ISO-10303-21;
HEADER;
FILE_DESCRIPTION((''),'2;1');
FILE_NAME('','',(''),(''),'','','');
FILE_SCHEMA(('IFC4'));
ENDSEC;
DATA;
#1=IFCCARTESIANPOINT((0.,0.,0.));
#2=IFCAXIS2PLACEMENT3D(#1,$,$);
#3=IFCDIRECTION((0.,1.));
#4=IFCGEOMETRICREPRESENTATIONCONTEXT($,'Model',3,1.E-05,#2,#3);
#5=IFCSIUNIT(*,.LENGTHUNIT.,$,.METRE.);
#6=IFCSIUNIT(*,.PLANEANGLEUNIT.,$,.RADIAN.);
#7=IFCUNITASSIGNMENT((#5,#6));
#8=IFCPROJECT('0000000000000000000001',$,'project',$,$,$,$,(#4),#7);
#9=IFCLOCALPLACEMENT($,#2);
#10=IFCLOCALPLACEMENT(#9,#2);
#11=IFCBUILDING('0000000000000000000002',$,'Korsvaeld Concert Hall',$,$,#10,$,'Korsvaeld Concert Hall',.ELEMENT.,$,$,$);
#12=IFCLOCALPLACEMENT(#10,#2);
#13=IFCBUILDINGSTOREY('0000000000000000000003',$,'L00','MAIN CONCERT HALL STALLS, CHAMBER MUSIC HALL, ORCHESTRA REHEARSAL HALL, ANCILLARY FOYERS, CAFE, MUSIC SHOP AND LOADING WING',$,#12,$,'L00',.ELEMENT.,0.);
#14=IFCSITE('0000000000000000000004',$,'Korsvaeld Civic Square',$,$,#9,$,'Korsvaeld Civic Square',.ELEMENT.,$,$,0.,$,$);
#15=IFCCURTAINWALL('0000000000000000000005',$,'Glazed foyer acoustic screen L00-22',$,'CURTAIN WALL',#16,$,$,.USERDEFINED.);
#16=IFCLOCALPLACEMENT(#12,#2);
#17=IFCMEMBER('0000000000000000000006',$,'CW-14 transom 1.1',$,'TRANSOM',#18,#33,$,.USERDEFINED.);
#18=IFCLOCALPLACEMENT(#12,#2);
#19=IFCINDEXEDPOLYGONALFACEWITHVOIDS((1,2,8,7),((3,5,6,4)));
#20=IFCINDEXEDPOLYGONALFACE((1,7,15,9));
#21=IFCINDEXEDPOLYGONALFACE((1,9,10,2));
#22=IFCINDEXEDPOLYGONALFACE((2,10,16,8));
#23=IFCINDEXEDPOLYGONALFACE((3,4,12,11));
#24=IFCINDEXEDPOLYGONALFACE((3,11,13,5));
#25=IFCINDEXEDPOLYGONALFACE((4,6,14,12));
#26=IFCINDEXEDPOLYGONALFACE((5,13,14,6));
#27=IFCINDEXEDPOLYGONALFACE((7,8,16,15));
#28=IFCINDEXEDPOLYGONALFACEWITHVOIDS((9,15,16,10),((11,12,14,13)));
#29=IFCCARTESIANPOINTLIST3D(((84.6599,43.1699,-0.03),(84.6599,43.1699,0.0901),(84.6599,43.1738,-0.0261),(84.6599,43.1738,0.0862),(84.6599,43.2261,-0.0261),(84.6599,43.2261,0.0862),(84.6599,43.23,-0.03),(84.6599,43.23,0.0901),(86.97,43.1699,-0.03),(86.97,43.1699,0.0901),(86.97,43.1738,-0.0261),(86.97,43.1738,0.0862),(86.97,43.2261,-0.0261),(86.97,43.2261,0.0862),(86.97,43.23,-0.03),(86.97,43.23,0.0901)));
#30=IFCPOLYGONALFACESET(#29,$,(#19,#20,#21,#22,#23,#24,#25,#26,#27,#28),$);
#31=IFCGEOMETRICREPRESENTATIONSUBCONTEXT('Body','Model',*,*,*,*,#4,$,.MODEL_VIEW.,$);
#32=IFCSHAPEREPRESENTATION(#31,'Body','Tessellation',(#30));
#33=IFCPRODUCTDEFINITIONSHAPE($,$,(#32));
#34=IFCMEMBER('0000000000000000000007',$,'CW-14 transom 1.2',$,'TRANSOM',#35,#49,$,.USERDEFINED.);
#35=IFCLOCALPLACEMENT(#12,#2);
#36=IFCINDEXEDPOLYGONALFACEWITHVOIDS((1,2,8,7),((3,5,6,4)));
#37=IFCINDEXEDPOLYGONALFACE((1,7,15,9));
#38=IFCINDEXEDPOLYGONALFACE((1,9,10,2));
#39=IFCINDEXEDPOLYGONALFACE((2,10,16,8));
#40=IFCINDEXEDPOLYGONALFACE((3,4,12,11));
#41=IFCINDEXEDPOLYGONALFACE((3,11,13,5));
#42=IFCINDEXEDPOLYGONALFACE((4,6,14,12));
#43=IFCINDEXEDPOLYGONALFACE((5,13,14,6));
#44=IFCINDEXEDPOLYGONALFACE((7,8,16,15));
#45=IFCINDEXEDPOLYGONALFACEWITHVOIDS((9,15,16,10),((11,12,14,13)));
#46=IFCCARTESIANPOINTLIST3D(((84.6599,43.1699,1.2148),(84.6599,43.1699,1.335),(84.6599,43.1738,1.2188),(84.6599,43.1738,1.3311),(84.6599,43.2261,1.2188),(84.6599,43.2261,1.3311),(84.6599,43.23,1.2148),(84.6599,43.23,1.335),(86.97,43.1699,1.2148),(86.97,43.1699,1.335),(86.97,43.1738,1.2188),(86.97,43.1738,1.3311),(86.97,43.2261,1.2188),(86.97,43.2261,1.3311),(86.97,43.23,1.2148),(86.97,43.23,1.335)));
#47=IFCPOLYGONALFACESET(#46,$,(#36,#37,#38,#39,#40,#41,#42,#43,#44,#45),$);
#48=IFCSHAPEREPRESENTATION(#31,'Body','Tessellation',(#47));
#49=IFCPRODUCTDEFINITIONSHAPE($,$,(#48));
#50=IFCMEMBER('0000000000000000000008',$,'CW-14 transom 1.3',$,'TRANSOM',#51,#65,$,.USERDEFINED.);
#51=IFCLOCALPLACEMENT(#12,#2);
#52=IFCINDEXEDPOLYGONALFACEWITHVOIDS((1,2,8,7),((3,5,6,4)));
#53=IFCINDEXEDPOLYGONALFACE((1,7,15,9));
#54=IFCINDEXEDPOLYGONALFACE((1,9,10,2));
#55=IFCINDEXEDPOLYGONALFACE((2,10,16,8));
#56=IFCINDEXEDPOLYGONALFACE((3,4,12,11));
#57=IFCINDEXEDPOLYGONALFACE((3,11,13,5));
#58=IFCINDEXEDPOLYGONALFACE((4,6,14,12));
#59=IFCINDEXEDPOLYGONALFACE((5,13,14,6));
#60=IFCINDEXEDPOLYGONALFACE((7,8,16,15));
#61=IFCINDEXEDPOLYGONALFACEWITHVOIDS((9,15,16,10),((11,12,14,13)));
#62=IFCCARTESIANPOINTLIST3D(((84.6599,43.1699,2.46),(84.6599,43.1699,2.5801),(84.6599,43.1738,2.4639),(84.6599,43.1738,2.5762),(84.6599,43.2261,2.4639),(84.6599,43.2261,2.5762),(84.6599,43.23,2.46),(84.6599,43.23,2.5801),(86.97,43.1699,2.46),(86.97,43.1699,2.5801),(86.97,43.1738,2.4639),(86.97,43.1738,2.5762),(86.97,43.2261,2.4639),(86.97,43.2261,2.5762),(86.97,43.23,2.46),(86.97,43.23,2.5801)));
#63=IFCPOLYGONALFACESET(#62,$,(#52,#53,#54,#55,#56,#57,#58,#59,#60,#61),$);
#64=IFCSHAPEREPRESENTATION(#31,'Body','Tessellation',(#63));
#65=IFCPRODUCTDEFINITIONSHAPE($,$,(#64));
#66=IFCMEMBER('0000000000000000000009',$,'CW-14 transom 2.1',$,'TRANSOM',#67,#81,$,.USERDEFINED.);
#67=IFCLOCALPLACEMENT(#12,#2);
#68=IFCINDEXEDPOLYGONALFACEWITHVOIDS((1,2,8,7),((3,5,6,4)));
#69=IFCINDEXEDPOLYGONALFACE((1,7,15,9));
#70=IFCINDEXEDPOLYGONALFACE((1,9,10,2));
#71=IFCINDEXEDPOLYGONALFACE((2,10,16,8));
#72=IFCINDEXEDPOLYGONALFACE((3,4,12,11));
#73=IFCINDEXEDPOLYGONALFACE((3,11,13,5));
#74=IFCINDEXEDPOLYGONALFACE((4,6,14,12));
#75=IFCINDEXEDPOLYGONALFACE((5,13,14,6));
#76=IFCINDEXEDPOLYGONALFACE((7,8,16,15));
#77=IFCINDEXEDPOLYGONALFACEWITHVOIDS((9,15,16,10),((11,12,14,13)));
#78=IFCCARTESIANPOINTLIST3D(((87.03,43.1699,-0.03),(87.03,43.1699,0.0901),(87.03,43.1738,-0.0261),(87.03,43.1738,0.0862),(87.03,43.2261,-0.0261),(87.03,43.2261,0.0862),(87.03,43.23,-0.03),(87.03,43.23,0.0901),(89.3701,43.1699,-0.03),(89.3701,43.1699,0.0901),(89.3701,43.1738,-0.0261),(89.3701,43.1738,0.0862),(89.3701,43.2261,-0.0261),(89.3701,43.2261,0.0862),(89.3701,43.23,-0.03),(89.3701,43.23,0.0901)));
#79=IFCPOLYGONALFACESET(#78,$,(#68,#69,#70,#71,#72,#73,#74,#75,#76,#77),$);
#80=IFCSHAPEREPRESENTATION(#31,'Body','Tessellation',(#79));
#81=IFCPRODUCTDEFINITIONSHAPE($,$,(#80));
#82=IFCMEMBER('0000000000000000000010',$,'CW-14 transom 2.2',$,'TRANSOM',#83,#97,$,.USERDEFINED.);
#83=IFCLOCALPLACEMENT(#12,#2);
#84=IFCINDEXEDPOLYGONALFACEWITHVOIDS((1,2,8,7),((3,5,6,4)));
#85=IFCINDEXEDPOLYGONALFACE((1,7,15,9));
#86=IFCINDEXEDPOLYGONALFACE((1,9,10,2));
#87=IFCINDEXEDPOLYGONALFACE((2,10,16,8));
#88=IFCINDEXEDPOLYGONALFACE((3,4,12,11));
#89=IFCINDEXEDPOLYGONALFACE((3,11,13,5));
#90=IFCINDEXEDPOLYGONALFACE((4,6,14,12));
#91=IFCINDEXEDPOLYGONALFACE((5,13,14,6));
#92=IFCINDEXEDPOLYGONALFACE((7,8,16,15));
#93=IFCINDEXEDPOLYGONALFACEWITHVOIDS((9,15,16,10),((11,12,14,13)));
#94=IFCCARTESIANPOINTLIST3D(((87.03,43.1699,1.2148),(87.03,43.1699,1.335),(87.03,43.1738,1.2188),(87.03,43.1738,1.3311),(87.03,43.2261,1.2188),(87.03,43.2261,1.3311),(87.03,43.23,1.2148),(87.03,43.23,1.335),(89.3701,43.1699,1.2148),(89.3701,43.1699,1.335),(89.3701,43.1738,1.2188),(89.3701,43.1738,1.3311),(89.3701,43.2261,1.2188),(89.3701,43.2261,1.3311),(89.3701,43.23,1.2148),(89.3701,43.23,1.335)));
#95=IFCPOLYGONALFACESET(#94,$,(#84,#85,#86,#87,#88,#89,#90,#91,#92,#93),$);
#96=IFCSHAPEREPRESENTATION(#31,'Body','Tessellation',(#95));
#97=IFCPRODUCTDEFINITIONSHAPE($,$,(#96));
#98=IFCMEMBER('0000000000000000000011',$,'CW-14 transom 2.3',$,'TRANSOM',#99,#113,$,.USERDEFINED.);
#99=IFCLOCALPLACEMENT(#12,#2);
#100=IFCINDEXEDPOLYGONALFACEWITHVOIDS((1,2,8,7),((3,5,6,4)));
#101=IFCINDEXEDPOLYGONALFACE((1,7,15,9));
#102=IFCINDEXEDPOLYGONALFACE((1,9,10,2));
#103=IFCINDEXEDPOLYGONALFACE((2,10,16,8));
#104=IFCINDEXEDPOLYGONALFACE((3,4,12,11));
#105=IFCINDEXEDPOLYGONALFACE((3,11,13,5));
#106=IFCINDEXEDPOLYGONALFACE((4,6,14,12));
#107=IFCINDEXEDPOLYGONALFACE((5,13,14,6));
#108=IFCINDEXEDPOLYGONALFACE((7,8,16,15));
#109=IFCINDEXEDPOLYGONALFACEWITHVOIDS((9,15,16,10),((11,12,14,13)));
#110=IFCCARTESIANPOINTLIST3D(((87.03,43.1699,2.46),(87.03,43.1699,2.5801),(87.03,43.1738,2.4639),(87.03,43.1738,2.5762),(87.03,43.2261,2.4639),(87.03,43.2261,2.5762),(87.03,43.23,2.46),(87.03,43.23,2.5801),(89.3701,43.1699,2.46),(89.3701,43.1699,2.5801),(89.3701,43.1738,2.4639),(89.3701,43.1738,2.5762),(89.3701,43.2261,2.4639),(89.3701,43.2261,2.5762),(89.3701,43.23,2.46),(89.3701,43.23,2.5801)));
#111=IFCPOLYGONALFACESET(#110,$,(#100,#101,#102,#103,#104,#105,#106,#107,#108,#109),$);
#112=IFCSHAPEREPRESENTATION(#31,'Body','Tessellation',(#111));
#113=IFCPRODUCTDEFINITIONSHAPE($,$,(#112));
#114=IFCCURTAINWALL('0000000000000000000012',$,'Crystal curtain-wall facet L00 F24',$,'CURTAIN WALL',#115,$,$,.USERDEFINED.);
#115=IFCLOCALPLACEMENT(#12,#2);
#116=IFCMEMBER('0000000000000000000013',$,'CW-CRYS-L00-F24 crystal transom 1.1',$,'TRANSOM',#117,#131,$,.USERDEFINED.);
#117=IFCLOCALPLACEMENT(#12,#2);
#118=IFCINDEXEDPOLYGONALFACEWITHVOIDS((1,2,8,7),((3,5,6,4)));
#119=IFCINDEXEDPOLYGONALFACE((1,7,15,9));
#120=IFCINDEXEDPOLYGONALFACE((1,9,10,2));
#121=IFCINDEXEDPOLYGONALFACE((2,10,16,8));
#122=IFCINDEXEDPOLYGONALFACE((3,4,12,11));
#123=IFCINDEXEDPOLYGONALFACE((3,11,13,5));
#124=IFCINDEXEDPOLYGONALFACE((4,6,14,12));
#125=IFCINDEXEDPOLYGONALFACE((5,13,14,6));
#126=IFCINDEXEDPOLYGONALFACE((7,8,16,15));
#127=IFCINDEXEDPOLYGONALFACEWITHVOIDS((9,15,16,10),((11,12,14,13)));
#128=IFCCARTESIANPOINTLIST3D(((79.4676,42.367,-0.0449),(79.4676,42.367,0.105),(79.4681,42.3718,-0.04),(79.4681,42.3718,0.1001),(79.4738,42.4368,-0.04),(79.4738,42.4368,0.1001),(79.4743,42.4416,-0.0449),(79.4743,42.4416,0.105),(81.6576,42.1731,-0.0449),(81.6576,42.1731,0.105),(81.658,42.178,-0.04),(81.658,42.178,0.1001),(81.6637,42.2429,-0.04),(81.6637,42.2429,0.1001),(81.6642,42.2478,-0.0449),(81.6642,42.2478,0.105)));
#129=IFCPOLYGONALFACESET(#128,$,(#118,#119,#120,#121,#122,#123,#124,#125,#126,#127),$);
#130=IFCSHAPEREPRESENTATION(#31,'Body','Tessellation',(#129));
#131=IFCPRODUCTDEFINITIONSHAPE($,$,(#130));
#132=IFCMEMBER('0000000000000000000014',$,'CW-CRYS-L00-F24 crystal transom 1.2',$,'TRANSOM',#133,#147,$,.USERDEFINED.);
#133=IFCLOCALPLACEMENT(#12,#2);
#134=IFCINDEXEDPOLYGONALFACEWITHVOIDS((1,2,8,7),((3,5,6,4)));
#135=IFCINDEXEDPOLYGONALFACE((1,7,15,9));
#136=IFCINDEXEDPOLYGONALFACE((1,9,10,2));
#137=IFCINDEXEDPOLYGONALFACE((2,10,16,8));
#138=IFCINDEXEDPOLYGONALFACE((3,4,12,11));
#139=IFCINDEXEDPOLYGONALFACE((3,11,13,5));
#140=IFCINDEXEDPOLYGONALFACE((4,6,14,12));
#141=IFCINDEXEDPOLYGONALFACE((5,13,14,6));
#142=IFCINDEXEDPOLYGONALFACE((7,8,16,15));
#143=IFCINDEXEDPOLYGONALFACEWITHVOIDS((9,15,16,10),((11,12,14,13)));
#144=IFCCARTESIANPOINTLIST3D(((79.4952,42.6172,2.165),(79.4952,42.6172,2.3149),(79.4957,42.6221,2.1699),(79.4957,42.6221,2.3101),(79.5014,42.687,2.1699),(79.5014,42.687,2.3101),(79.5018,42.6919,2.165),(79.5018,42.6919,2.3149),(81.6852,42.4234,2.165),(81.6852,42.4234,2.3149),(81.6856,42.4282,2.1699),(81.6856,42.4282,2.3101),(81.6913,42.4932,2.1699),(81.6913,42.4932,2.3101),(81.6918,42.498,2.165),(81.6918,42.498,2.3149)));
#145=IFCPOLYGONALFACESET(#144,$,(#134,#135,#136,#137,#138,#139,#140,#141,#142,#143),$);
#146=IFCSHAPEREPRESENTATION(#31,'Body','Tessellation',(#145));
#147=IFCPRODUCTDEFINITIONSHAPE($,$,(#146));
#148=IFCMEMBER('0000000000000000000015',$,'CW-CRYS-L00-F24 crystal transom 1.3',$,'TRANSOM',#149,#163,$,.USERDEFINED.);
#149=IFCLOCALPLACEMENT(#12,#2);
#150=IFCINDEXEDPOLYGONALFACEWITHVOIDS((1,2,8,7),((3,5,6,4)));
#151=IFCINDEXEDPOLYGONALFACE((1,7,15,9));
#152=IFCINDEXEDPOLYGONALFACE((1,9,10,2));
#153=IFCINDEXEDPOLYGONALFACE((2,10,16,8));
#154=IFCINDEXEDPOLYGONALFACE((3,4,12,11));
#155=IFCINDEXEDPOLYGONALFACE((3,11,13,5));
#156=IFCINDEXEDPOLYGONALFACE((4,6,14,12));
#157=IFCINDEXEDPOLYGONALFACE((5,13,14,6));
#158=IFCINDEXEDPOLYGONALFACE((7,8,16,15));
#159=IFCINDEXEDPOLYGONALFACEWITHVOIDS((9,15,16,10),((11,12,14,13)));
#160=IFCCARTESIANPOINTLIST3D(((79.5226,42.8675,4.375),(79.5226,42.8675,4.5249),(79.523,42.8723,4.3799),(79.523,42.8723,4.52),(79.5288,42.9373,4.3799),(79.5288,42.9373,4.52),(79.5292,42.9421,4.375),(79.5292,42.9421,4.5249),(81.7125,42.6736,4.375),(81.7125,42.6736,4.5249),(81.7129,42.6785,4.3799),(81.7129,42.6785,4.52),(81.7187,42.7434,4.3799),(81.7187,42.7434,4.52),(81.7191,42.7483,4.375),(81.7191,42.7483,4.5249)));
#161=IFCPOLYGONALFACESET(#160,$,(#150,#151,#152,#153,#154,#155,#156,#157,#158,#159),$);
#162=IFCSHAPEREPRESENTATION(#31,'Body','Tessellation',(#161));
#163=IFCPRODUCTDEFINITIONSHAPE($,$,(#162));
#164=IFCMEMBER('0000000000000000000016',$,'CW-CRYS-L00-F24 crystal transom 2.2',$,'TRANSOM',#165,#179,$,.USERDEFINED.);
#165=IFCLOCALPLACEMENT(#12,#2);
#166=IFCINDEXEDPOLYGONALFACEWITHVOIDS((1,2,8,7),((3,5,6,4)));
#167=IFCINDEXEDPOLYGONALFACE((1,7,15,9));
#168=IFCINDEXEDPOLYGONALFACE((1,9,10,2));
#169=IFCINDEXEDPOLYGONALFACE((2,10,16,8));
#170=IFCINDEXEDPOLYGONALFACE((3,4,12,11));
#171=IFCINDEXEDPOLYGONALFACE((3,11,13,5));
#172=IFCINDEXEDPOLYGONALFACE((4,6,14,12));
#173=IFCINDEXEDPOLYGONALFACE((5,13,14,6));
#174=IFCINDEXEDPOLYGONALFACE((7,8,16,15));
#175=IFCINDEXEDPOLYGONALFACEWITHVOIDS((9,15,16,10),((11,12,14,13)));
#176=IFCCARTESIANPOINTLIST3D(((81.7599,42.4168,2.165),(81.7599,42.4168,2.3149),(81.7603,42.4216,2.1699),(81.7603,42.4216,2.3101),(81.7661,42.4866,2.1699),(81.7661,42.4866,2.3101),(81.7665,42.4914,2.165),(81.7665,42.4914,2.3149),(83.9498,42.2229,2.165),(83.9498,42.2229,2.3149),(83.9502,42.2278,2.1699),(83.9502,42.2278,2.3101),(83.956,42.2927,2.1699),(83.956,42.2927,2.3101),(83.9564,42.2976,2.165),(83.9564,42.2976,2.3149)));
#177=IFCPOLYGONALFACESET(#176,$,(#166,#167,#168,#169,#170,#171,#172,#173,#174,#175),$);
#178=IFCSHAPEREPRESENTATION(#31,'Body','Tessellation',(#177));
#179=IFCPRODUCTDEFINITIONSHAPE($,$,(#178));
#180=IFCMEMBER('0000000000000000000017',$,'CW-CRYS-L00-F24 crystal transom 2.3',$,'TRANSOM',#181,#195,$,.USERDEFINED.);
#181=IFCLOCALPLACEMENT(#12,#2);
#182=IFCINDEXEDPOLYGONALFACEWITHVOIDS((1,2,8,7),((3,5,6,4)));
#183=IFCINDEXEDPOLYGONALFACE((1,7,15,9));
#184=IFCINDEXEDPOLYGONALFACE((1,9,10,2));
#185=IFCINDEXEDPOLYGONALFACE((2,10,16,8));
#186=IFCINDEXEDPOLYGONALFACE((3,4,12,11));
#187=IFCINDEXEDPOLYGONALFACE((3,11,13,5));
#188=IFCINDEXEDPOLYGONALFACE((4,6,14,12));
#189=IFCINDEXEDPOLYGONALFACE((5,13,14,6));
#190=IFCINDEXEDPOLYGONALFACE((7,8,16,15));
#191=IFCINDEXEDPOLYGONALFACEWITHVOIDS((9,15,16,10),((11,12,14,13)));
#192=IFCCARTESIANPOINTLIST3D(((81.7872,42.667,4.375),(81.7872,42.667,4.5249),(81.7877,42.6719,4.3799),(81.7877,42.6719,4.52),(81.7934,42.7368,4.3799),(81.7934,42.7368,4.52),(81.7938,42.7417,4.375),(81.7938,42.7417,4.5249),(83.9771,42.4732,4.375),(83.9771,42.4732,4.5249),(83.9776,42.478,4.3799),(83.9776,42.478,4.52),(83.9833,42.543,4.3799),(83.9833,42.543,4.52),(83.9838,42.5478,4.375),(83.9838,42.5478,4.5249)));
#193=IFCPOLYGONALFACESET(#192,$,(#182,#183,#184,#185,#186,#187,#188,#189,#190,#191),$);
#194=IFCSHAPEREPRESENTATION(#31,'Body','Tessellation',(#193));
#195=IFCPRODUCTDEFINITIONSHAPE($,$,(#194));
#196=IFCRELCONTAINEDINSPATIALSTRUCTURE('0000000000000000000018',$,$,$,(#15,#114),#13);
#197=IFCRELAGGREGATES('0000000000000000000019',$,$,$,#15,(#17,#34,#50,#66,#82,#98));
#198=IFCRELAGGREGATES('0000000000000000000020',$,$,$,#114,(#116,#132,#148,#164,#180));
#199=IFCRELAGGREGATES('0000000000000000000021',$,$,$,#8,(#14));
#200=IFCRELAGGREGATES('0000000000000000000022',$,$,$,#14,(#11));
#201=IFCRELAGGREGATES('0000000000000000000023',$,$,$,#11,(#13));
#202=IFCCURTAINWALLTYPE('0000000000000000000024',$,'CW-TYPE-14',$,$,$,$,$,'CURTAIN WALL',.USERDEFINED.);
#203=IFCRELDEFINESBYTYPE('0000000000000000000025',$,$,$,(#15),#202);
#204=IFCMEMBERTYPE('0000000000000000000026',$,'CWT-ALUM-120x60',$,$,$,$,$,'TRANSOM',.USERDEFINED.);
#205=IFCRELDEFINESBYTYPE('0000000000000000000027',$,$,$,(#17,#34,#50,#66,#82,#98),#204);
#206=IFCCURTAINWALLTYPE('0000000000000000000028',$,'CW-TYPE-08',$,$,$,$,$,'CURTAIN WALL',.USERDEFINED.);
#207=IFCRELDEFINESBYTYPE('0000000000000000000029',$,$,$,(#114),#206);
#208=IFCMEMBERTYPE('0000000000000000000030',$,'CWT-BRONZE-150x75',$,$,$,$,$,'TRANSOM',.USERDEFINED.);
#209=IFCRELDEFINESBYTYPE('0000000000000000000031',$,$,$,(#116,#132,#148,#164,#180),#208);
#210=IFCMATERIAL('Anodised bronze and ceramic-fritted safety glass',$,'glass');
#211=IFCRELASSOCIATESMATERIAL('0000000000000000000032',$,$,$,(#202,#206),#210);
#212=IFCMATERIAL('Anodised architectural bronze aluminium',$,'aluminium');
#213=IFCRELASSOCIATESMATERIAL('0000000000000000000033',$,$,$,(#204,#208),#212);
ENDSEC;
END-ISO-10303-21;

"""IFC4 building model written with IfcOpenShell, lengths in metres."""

from ifc_helpers import new_model, si_unit, direction, frame, origin, origin_2d, place, context, subcontext, project, spatial, hollow_rectangle, extrude, material, material_profile, profile_set, type_object, element, aggregate, save


model = new_model("IFC4")

# Units and contexts
model_context = context("Model", 3, precision=1e-05, world=origin(), true_north=direction((0.0, 1.0)))
body_context = subcontext(model_context, "Body", "Model", "MODEL_VIEW")
ifc_project = project(units=[si_unit("LENGTHUNIT", "METRE"), si_unit("PLANEANGLEUNIT", "RADIAN")], contexts=[model_context])

# Site, building, storey
site_placement = place(None, origin())
site = spatial("IfcSite", under=ifc_project, at=site_placement, Name="Korsvaeld Civic Square", LongName="Korsvaeld Civic Square", CompositionType="ELEMENT", RefElevation=0.0)
building_placement = place(site_placement, origin())
building = spatial("IfcBuilding", under=site, at=building_placement, Name="Korsvaeld Concert Hall", LongName="Korsvaeld Concert Hall", CompositionType="ELEMENT")
storey_placement = place(building_placement, origin())
storey = spatial("IfcBuildingStorey", under=building, at=storey_placement, Name="L00", Description="MAIN CONCERT HALL STALLS, CHAMBER MUSIC HALL, ORCHESTRA REHEARSAL HALL, ANCILLARY FOYERS, CAFE, MUSIC SHOP AND LOADING WING", LongName="L00", CompositionType="ELEMENT", Elevation=0.0)

# Curtain wall
ifc_material_1 = material(Name="Anodised bronze and ceramic-fritted safety glass", Category="glass")
ifc_material_2 = material(Name="Anodised architectural bronze aluminium", Category="aluminium")
curtain_wall_type_1 = type_object("IfcCurtainWallType", Name="CW-TYPE-14", ElementType="CURTAIN WALL", PredefinedType="USERDEFINED", material=ifc_material_1)
curtain_wall_1_placement = place(storey_placement, origin())
curtain_wall_1 = element("IfcCurtainWall", 1, at=curtain_wall_1_placement, inside=storey, type_object=curtain_wall_type_1, Name="Glazed foyer acoustic screen L00-22", ObjectType="CURTAIN WALL", PredefinedType="USERDEFINED")

# Members
ifc_material_profile_1 = material_profile(ifc_material_2, hollow_rectangle(XDim=0.0601, YDim=0.1201, WallThickness=0.0039, at=origin_2d()), Name="CWT 120x60x4")
ifc_profile_set_1 = profile_set([ifc_material_profile_1], Name="Anodised architectural bronze aluminium")
member_type_1 = type_object("IfcMemberType", Name="CWT-ALUM-120x60", ElementType="TRANSOM", PredefinedType="USERDEFINED", material=ifc_profile_set_1)
member_1_placement = place(storey_placement, frame((84.6599, 43.2, 0.03), z_axis=(1.0, 0.0, 0.0), x_axis=(0.0, 1.0, 0.0)))
member_1 = element("IfcMember", 2, at=member_1_placement, type_object=member_type_1, Name="CW-14 transom 1.1", ObjectType="TRANSOM", PredefinedType="USERDEFINED", context=body_context, shape_type="SweptSolid", body=[
    extrude(hollow_rectangle(XDim=0.0601, YDim=0.1201, WallThickness=0.0039, at=origin_2d()), origin(), (0.0, 0.0, 1.0), 2.3101),
])
member_2_placement = place(storey_placement, frame((84.6599, 43.2, 1.2749), z_axis=(1.0, 0.0, 0.0), x_axis=(0.0, 1.0, 0.0)))
member_2 = element("IfcMember", 3, at=member_2_placement, type_object=member_type_1, Name="CW-14 transom 1.2", ObjectType="TRANSOM", PredefinedType="USERDEFINED", context=body_context, shape_type="SweptSolid", body=[
    extrude(hollow_rectangle(XDim=0.0601, YDim=0.1201, WallThickness=0.0039, at=origin_2d()), origin(), (0.0, 0.0, 1.0), 2.3101),
])
member_3_placement = place(storey_placement, frame((84.6599, 43.2, 2.52), z_axis=(1.0, 0.0, 0.0), x_axis=(0.0, 1.0, 0.0)))
member_3 = element("IfcMember", 4, at=member_3_placement, type_object=member_type_1, Name="CW-14 transom 1.3", ObjectType="TRANSOM", PredefinedType="USERDEFINED", context=body_context, shape_type="SweptSolid", body=[
    extrude(hollow_rectangle(XDim=0.0601, YDim=0.1201, WallThickness=0.0039, at=origin_2d()), origin(), (0.0, 0.0, 1.0), 2.3101),
])
member_4_placement = place(storey_placement, frame((87.03, 43.2, 0.03), z_axis=(1.0, 0.0, 0.0), x_axis=(0.0, 1.0, 0.0)))
member_4 = element("IfcMember", 5, at=member_4_placement, type_object=member_type_1, Name="CW-14 transom 2.1", ObjectType="TRANSOM", PredefinedType="USERDEFINED", context=body_context, shape_type="SweptSolid", body=[
    extrude(hollow_rectangle(XDim=0.0601, YDim=0.1201, WallThickness=0.0039, at=origin_2d()), origin(), (0.0, 0.0, 1.0), 2.3401),
])
member_5_placement = place(storey_placement, frame((87.03, 43.2, 1.2749), z_axis=(1.0, 0.0, 0.0), x_axis=(0.0, 1.0, 0.0)))
member_5 = element("IfcMember", 6, at=member_5_placement, type_object=member_type_1, Name="CW-14 transom 2.2", ObjectType="TRANSOM", PredefinedType="USERDEFINED", context=body_context, shape_type="SweptSolid", body=[
    extrude(hollow_rectangle(XDim=0.0601, YDim=0.1201, WallThickness=0.0039, at=origin_2d()), origin(), (0.0, 0.0, 1.0), 2.3401),
])
member_6_placement = place(storey_placement, frame((87.03, 43.2, 2.52), z_axis=(1.0, 0.0, 0.0), x_axis=(0.0, 1.0, 0.0)))
member_6 = element("IfcMember", 7, at=member_6_placement, type_object=member_type_1, Name="CW-14 transom 2.3", ObjectType="TRANSOM", PredefinedType="USERDEFINED", context=body_context, shape_type="SweptSolid", body=[
    extrude(hollow_rectangle(XDim=0.0601, YDim=0.1201, WallThickness=0.0039, at=origin_2d()), origin(), (0.0, 0.0, 1.0), 2.3401),
])

# Curtain wall, members
curtain_wall_type_2 = type_object("IfcCurtainWallType", Name="CW-TYPE-08", ElementType="CURTAIN WALL", PredefinedType="USERDEFINED", material=ifc_material_1)
curtain_wall_2_placement = place(storey_placement, origin())
curtain_wall_2 = element("IfcCurtainWall", 8, at=curtain_wall_2_placement, inside=storey, type_object=curtain_wall_type_2, Name="Crystal curtain-wall facet L00 F24", ObjectType="CURTAIN WALL", PredefinedType="USERDEFINED")
ifc_material_profile_2 = material_profile(ifc_material_2, hollow_rectangle(XDim=0.075, YDim=0.1499, WallThickness=0.0049, at=origin_2d()), Name="CWT 150x75x5")
ifc_profile_set_2 = profile_set([ifc_material_profile_2], Name="Anodised architectural bronze aluminium")
member_type_2 = type_object("IfcMemberType", Name="CWT-BRONZE-150x75", ElementType="TRANSOM", PredefinedType="USERDEFINED", material=ifc_profile_set_2)
member_7_placement = place(storey_placement, frame((79.4709, 42.4043, 0.03), z_axis=(0.996105, -0.088173, 0.0), x_axis=(0.088173, 0.996105, 0.0)))
member_7 = element("IfcMember", 9, at=member_7_placement, type_object=member_type_2, Name="CW-CRYS-L00-F24 crystal transom 1.1", ObjectType="TRANSOM", PredefinedType="USERDEFINED", context=body_context, shape_type="SweptSolid", body=[
    extrude(hollow_rectangle(XDim=0.075, YDim=0.1499, WallThickness=0.0049, at=origin_2d()), origin(), (0.0, 0.0, 1.0), 2.1985),
])
member_8_placement = place(storey_placement, frame((79.4985, 42.6545, 2.24), z_axis=(0.996105, -0.088173, 0.0), x_axis=(0.088173, 0.996105, 0.0)))
member_8 = element("IfcMember", 10, at=member_8_placement, type_object=member_type_2, Name="CW-CRYS-L00-F24 crystal transom 1.2", ObjectType="TRANSOM", PredefinedType="USERDEFINED", context=body_context, shape_type="SweptSolid", body=[
    extrude(hollow_rectangle(XDim=0.075, YDim=0.1499, WallThickness=0.0049, at=origin_2d()), origin(), (0.0, 0.0, 1.0), 2.1985),
])
member_9_placement = place(storey_placement, frame((79.5259, 42.9048, 4.45), z_axis=(0.996105, -0.088173, 0.0), x_axis=(0.088173, 0.996105, 0.0)))
member_9 = element("IfcMember", 11, at=member_9_placement, type_object=member_type_2, Name="CW-CRYS-L00-F24 crystal transom 1.3", ObjectType="TRANSOM", PredefinedType="USERDEFINED", context=body_context, shape_type="SweptSolid", body=[
    extrude(hollow_rectangle(XDim=0.075, YDim=0.1499, WallThickness=0.0049, at=origin_2d()), origin(), (0.0, 0.0, 1.0), 2.1985),
])
member_10_placement = place(storey_placement, frame((81.7632, 42.4541, 2.24), z_axis=(0.996105, -0.088173, 0.0), x_axis=(0.088173, 0.996105, 0.0)))
member_10 = element("IfcMember", 12, at=member_10_placement, type_object=member_type_2, Name="CW-CRYS-L00-F24 crystal transom 2.2", ObjectType="TRANSOM", PredefinedType="USERDEFINED", context=body_context, shape_type="SweptSolid", body=[
    extrude(hollow_rectangle(XDim=0.075, YDim=0.1499, WallThickness=0.0049, at=origin_2d()), origin(), (0.0, 0.0, 1.0), 2.1985),
])
member_11_placement = place(storey_placement, frame((81.7905, 42.7043, 4.45), z_axis=(0.996105, -0.088173, 0.0), x_axis=(0.088173, 0.996105, 0.0)))
member_11 = element("IfcMember", 13, at=member_11_placement, type_object=member_type_2, Name="CW-CRYS-L00-F24 crystal transom 2.3", ObjectType="TRANSOM", PredefinedType="USERDEFINED", context=body_context, shape_type="SweptSolid", body=[
    extrude(hollow_rectangle(XDim=0.075, YDim=0.1499, WallThickness=0.0049, at=origin_2d()), origin(), (0.0, 0.0, 1.0), 2.1985),
])

aggregate(curtain_wall_1, [member_1, member_2, member_3, member_4, member_5, member_6])
aggregate(curtain_wall_2, [member_7, member_8, member_9, member_10, member_11])

save(model, "model.ifc")
